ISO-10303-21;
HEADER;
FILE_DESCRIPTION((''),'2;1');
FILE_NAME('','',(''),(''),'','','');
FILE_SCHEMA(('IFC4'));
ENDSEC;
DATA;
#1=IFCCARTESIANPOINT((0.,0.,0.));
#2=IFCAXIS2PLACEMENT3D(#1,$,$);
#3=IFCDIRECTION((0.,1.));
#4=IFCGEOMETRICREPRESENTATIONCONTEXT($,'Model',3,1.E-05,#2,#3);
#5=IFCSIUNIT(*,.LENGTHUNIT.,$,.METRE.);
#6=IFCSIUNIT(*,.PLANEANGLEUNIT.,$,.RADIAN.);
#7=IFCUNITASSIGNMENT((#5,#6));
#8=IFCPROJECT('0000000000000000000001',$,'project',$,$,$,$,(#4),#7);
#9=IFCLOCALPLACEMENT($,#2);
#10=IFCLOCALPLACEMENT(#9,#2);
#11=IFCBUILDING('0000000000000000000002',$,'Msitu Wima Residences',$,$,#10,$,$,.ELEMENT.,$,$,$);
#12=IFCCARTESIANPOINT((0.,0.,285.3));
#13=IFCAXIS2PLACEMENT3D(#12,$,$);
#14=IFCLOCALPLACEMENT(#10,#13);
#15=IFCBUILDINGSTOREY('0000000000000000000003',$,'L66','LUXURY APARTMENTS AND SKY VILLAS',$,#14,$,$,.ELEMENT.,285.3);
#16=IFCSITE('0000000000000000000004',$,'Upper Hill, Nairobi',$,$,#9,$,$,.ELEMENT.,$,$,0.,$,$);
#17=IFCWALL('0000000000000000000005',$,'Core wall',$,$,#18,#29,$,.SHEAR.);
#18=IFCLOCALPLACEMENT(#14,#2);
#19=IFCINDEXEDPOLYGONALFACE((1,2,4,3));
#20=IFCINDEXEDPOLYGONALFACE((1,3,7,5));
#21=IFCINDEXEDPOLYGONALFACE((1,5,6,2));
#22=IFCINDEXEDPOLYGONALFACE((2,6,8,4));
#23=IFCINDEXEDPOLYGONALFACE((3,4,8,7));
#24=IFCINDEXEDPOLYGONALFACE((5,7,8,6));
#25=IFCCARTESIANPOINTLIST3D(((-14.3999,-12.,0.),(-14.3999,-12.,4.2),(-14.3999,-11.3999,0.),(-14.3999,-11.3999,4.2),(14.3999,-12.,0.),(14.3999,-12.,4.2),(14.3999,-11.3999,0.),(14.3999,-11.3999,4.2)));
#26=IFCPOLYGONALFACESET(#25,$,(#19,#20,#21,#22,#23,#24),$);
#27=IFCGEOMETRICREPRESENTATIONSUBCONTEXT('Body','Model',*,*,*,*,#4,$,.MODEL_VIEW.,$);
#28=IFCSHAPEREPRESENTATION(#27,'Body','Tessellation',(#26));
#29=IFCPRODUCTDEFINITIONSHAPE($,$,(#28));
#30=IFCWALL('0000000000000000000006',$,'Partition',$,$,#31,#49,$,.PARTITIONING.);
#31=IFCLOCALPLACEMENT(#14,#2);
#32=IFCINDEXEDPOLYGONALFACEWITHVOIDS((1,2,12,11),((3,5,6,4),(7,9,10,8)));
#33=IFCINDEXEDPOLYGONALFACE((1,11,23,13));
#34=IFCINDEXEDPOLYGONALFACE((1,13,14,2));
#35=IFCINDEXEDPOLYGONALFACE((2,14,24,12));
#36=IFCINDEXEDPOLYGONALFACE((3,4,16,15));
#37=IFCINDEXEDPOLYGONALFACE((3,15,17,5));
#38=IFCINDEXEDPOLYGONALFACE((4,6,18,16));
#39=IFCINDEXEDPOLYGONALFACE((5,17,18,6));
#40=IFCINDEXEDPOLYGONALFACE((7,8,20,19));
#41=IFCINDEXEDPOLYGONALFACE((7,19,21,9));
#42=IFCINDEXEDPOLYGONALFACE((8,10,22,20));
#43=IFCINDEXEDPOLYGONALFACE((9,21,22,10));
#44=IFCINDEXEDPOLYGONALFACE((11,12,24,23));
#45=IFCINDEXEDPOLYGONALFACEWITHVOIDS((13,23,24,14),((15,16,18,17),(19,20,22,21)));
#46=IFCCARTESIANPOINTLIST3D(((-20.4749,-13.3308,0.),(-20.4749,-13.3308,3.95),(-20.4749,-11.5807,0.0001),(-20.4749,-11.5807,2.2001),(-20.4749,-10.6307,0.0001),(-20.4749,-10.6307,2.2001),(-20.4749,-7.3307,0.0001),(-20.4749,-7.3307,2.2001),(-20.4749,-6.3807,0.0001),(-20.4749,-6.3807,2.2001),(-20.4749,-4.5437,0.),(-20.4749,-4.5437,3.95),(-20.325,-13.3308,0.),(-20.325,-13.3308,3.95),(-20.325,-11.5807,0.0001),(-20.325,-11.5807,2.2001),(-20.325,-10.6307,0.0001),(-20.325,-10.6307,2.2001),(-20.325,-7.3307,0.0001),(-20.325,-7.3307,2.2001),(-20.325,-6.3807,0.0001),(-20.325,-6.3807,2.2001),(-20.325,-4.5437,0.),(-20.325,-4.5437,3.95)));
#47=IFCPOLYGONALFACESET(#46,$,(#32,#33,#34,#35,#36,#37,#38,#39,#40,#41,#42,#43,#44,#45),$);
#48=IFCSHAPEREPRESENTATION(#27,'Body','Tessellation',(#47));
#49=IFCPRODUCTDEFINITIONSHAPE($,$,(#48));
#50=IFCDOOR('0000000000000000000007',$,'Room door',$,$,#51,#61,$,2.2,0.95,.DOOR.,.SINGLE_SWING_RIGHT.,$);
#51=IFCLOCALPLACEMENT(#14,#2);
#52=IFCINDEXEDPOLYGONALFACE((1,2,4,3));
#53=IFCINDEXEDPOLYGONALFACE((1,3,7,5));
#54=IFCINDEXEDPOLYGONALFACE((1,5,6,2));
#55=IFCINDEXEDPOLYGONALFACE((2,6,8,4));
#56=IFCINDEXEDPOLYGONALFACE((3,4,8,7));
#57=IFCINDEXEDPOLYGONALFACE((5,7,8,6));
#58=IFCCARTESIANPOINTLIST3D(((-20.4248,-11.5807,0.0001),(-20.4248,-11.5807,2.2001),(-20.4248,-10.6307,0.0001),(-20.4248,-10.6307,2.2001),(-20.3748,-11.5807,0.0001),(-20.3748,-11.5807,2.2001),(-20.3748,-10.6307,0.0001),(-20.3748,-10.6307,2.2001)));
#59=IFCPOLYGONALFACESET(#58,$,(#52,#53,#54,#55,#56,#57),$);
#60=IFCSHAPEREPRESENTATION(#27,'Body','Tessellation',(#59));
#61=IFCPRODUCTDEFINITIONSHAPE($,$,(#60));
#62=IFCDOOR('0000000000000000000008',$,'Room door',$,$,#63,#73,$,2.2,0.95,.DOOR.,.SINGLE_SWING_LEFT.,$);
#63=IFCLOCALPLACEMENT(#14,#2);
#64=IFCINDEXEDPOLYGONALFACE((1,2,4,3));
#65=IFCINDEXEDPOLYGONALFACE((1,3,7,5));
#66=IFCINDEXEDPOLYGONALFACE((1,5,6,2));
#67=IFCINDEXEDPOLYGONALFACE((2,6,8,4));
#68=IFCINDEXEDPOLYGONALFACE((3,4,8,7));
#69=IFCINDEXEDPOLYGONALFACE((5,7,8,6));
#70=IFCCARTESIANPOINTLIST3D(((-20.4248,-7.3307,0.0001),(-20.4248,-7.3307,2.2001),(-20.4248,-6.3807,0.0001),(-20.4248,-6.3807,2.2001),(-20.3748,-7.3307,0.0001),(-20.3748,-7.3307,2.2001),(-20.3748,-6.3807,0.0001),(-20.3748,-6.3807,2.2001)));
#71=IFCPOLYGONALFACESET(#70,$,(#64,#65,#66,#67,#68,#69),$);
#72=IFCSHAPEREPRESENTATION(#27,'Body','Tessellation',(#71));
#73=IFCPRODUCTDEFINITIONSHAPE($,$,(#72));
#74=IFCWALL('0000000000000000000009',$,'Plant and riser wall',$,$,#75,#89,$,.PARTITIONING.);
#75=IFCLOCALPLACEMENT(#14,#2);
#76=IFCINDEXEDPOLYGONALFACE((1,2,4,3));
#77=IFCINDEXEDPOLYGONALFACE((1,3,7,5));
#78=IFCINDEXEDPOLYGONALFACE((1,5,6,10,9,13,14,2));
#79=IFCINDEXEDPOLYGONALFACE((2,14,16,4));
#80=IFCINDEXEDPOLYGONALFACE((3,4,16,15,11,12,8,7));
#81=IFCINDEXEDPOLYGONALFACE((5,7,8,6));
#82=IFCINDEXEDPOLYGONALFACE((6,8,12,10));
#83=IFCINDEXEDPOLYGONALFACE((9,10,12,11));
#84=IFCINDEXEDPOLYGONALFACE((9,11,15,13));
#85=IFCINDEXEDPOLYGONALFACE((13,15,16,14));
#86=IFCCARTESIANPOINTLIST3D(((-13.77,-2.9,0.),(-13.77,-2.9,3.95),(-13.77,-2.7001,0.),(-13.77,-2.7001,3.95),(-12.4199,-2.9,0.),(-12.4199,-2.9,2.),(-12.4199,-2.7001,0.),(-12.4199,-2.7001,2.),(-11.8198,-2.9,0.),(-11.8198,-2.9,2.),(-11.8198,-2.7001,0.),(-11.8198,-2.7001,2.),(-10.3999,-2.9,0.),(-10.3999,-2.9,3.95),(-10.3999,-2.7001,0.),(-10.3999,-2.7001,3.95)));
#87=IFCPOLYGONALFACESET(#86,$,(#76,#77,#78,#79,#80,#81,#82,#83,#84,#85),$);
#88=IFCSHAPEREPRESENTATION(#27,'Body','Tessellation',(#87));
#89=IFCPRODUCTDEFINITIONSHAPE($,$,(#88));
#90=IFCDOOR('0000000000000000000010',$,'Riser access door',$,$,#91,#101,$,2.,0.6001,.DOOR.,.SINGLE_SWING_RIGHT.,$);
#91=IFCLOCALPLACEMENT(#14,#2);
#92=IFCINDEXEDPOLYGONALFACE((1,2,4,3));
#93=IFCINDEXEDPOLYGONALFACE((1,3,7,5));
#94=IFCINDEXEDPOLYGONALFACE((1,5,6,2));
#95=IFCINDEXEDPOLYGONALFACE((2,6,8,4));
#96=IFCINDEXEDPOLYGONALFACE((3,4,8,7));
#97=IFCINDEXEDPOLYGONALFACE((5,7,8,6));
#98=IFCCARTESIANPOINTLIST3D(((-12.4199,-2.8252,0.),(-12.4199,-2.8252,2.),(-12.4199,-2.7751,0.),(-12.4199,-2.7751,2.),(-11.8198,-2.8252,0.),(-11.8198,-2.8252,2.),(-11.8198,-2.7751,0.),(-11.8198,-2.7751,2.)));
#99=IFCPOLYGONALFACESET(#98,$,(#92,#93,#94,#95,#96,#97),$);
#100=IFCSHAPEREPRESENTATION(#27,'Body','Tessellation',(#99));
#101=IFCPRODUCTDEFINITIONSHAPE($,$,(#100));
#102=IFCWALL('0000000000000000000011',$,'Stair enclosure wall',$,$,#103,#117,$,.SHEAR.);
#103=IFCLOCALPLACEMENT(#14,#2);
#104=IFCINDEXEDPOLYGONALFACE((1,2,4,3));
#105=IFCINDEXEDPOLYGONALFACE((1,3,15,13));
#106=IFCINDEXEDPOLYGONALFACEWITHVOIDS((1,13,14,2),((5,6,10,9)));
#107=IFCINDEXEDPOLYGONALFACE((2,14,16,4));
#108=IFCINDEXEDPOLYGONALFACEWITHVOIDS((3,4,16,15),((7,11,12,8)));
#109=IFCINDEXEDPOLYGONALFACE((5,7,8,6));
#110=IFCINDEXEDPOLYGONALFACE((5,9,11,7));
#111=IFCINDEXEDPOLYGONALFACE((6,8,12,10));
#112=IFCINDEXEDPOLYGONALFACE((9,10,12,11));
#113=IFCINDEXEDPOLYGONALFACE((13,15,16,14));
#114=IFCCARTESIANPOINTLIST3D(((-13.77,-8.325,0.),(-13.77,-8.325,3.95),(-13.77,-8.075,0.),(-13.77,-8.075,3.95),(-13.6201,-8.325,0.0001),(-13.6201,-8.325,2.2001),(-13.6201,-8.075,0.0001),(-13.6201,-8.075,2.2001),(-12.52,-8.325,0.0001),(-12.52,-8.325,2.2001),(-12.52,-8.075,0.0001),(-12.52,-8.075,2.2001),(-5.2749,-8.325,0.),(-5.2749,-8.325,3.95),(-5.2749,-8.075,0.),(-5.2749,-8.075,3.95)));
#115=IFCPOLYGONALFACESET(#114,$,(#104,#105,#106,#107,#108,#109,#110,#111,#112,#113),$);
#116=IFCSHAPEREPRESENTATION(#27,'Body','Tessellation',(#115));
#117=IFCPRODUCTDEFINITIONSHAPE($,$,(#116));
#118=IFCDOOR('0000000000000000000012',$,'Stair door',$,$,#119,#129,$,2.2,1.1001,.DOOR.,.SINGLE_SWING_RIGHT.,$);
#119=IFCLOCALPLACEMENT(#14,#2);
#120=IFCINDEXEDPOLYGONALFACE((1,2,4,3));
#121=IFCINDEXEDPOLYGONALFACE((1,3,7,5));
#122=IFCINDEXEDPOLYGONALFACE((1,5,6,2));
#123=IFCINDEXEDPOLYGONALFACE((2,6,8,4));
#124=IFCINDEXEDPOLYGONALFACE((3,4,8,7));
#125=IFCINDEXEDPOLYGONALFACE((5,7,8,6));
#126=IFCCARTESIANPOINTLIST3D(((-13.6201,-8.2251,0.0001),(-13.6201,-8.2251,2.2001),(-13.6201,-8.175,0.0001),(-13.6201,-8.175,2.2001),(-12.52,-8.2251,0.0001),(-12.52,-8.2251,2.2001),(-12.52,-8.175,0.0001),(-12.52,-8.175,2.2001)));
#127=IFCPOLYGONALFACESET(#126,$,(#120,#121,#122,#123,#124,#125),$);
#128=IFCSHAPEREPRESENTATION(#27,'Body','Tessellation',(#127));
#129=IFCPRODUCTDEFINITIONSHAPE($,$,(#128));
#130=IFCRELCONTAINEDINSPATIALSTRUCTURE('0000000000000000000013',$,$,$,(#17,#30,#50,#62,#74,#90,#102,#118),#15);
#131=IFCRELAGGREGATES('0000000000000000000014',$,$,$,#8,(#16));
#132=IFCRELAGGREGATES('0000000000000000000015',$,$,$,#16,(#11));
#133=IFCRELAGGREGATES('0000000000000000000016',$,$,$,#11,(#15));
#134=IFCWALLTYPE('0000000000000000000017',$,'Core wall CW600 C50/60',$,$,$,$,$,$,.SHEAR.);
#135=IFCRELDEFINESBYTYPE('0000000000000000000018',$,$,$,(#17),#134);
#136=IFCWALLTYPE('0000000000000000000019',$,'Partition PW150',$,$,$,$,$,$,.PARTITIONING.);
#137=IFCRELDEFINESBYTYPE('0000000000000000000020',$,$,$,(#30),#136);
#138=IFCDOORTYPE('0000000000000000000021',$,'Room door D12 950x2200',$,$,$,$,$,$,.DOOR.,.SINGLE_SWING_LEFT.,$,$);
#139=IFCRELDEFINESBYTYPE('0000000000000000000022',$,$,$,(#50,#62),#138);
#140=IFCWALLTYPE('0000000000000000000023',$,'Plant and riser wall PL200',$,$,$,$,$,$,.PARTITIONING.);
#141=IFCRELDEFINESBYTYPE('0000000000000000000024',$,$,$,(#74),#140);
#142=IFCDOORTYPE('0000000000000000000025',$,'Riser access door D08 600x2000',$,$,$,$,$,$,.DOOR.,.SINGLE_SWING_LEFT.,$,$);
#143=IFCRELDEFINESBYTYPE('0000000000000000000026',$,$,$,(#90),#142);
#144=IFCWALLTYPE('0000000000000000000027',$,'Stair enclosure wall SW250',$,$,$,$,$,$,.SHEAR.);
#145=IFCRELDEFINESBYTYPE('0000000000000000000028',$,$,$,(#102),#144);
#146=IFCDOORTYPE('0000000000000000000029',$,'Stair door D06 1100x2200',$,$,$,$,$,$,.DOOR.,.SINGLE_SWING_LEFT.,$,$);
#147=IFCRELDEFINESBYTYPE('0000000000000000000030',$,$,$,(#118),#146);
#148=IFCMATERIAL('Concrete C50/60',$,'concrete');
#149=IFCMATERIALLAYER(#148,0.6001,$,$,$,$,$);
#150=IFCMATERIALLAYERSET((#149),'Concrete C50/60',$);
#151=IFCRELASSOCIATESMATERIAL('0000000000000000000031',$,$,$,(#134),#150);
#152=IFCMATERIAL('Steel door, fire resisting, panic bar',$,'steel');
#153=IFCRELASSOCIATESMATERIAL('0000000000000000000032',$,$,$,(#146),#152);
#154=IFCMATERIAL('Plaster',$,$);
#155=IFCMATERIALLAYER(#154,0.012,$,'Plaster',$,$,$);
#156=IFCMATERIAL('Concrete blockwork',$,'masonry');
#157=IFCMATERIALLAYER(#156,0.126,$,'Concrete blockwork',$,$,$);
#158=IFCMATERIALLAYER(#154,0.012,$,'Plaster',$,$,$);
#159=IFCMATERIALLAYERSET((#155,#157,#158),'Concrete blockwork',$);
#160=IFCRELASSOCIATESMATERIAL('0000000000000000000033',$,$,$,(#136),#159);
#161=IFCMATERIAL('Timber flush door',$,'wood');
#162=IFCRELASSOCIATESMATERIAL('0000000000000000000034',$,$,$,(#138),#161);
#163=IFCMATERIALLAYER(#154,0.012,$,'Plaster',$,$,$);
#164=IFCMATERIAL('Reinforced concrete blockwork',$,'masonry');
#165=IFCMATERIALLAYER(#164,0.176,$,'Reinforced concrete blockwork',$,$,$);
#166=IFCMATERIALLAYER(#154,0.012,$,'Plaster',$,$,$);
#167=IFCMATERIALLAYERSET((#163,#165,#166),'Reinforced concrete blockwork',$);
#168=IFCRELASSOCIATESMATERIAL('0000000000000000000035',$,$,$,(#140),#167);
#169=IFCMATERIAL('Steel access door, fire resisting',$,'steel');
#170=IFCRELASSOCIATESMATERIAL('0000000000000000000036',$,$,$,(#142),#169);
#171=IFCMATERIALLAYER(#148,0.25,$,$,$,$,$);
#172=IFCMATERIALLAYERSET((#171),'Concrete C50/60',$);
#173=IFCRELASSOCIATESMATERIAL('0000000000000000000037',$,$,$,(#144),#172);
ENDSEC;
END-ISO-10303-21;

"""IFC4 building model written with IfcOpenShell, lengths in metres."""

from ifc_helpers import new_model, si_unit, direction, frame, frame_2d, origin, place, context, subcontext, project, spatial, rectangle, extrude, material, layer, layer_set, type_object, element, fill, save


model = new_model("IFC4")

# Units and contexts
model_context = context("Model", 3, precision=1e-05, world=origin(), true_north=direction((0.0, 1.0)))
body_context = subcontext(model_context, "Body", "Model", "MODEL_VIEW")
ifc_project = project(units=[si_unit("LENGTHUNIT", "METRE"), si_unit("PLANEANGLEUNIT", "RADIAN")], contexts=[model_context])

# Site, building, storey
site_placement = place(None, origin())
site = spatial("IfcSite", under=ifc_project, at=site_placement, Name="Upper Hill, Nairobi", CompositionType="ELEMENT", RefElevation=0.0)
building_placement = place(site_placement, origin())
building = spatial("IfcBuilding", under=site, at=building_placement, Name="Msitu Wima Residences", CompositionType="ELEMENT")
storey_placement = place(building_placement, frame((0.0, 0.0, 285.3)))
storey = spatial("IfcBuildingStorey", under=building, at=storey_placement, Name="L66", Description="LUXURY APARTMENTS AND SKY VILLAS", CompositionType="ELEMENT", Elevation=285.3)

# Wall
ifc_material_1 = material(Name="Concrete C50/60", Category="concrete")
ifc_layer_1 = layer(ifc_material_1, 0.6001)
ifc_layer_set_1 = layer_set([ifc_layer_1], Name="Concrete C50/60")
wall_type_1 = type_object("IfcWallType", Name="Core wall CW600 C50/60", PredefinedType="SHEAR", material=ifc_layer_set_1)
wall_1_placement = place(storey_placement, frame((-14.3999, -11.7, 0.0), z_axis=(0.0, 0.0, 1.0), x_axis=(1.0, 0.0, 0.0)))
element("IfcWall", 1, at=wall_1_placement, inside=storey, type_object=wall_type_1, Name="Core wall", PredefinedType="SHEAR", context=body_context, shape_type="SweptSolid", body=[
    extrude(rectangle(XDim=28.7998, YDim=0.6001, at=frame_2d((14.3999, 0.0))), origin(), (0.0, 0.0, 1.0), 4.2),
])

# Wall, openings, doors
ifc_material_2 = material(Name="Steel door, fire resisting, panic bar", Category="steel")
door_type_1 = type_object("IfcDoorType", Name="Stair door D06 1100x2200", OperationType="SINGLE_SWING_LEFT", PredefinedType="DOOR", material=ifc_material_2)
ifc_material_3 = material(Name="Plaster")
ifc_layer_2 = layer(ifc_material_3, 0.012, Name="Plaster")
ifc_material_4 = material(Name="Concrete blockwork", Category="masonry")
ifc_layer_3 = layer(ifc_material_4, 0.126, Name="Concrete blockwork")
ifc_layer_4 = layer(ifc_material_3, 0.012, Name="Plaster")
ifc_layer_set_2 = layer_set([ifc_layer_2, ifc_layer_3, ifc_layer_4], Name="Concrete blockwork")
wall_type_2 = type_object("IfcWallType", Name="Partition PW150", PredefinedType="PARTITIONING", material=ifc_layer_set_2)
wall_2_placement = place(storey_placement, frame((-20.3999, -13.3308, 0.0), z_axis=(0.0, 0.0, 1.0), x_axis=(0.0, 1.0, 0.0)))
wall_2 = element("IfcWall", 2, at=wall_2_placement, inside=storey, type_object=wall_type_2, Name="Partition", PredefinedType="PARTITIONING", context=body_context, shape_type="SweptSolid", body=[
    extrude(rectangle(XDim=8.7871, YDim=0.1499, at=frame_2d((4.3936, 0.0))), origin(), (0.0, 0.0, 1.0), 3.95),
])
opening_1_placement = place(wall_2_placement, frame((1.75, 0.0, 0.0)))
opening_1 = element("IfcOpeningElement", 3, at=opening_1_placement, cuts=wall_2, PredefinedType="OPENING", context=body_context, shape_type="SweptSolid", body=[
    extrude(rectangle(XDim=0.95, YDim=2.2, at=frame_2d((0.4751, 1.1001))), frame((0.0, 0.085, 0.0), z_axis=(0.0, -1.0, 0.0), x_axis=(1.0, 0.0, 0.0)), (0.0, 0.0, 1.0), 0.1699),
])
opening_2_placement = place(wall_2_placement, frame((6.0, 0.0, 0.0)))
opening_2 = element("IfcOpeningElement", 4, at=opening_2_placement, cuts=wall_2, PredefinedType="OPENING", context=body_context, shape_type="SweptSolid", body=[
    extrude(rectangle(XDim=0.95, YDim=2.2, at=frame_2d((0.4751, 1.1001))), frame((0.0, 0.085, 0.0), z_axis=(0.0, -1.0, 0.0), x_axis=(1.0, 0.0, 0.0)), (0.0, 0.0, 1.0), 0.1699),
])
ifc_material_5 = material(Name="Timber flush door", Category="wood")
door_type_2 = type_object("IfcDoorType", Name="Room door D12 950x2200", OperationType="SINGLE_SWING_LEFT", PredefinedType="DOOR", material=ifc_material_5)
door_1_placement = place(opening_1_placement, origin())
door_1 = element("IfcDoor", 5, at=door_1_placement, inside=storey, type_object=door_type_2, Name="Room door", OperationType="SINGLE_SWING_RIGHT", OverallHeight=2.2, OverallWidth=0.95, PredefinedType="DOOR", context=body_context, shape_type="SweptSolid", body=[
    extrude(rectangle(XDim=0.95, YDim=2.2, at=frame_2d((0.4751, 1.1001))), frame((0.0, 0.0249, 0.0), z_axis=(0.0, -1.0, 0.0), x_axis=(1.0, 0.0, 0.0)), (0.0, 0.0, 1.0), 0.05),
])
fill(opening_1, door_1)
door_2_placement = place(opening_2_placement, origin())
door_2 = element("IfcDoor", 6, at=door_2_placement, inside=storey, type_object=door_type_2, Name="Room door", OperationType="SINGLE_SWING_LEFT", OverallHeight=2.2, OverallWidth=0.95, PredefinedType="DOOR", context=body_context, shape_type="SweptSolid", body=[
    extrude(rectangle(XDim=0.95, YDim=2.2, at=frame_2d((0.4751, 1.1001))), frame((0.0, 0.0249, 0.0), z_axis=(0.0, -1.0, 0.0), x_axis=(1.0, 0.0, 0.0)), (0.0, 0.0, 1.0), 0.05),
])
fill(opening_2, door_2)

# Walls, openings, doors
ifc_layer_5 = layer(ifc_material_3, 0.012, Name="Plaster")
ifc_material_6 = material(Name="Reinforced concrete blockwork", Category="masonry")
ifc_layer_6 = layer(ifc_material_6, 0.176, Name="Reinforced concrete blockwork")
ifc_layer_7 = layer(ifc_material_3, 0.012, Name="Plaster")
ifc_layer_set_3 = layer_set([ifc_layer_5, ifc_layer_6, ifc_layer_7], Name="Reinforced concrete blockwork")
wall_type_3 = type_object("IfcWallType", Name="Plant and riser wall PL200", PredefinedType="PARTITIONING", material=ifc_layer_set_3)
wall_3_placement = place(storey_placement, frame((-13.77, -2.8, 0.0), z_axis=(0.0, 0.0, 1.0), x_axis=(1.0, 0.0, 0.0)))
wall_3 = element("IfcWall", 7, at=wall_3_placement, inside=storey, type_object=wall_type_3, Name="Plant and riser wall", PredefinedType="PARTITIONING", context=body_context, shape_type="SweptSolid", body=[
    extrude(rectangle(XDim=3.3701, YDim=0.2, at=frame_2d((1.6851, 0.0))), origin(), (0.0, 0.0, 1.0), 3.95),
])
opening_3_placement = place(wall_3_placement, frame((1.3501, 0.0, 0.0)))
opening_3 = element("IfcOpeningElement", 8, at=opening_3_placement, cuts=wall_3, PredefinedType="OPENING", context=body_context, shape_type="SweptSolid", body=[
    extrude(rectangle(XDim=0.6001, YDim=2.0, at=frame_2d((0.3, 1.0))), frame((0.0, 0.1099, 0.0), z_axis=(0.0, -1.0, 0.0), x_axis=(1.0, 0.0, 0.0)), (0.0, 0.0, 1.0), 0.22),
])
ifc_material_7 = material(Name="Steel access door, fire resisting", Category="steel")
door_type_3 = type_object("IfcDoorType", Name="Riser access door D08 600x2000", OperationType="SINGLE_SWING_LEFT", PredefinedType="DOOR", material=ifc_material_7)
door_3_placement = place(opening_3_placement, origin())
door_3 = element("IfcDoor", 9, at=door_3_placement, inside=storey, type_object=door_type_3, Name="Riser access door", OperationType="SINGLE_SWING_RIGHT", OverallHeight=2.0, OverallWidth=0.6001, PredefinedType="DOOR", context=body_context, shape_type="SweptSolid", body=[
    extrude(rectangle(XDim=0.6001, YDim=2.0, at=frame_2d((0.3, 1.0))), frame((0.0, 0.0249, 0.0), z_axis=(0.0, -1.0, 0.0), x_axis=(1.0, 0.0, 0.0)), (0.0, 0.0, 1.0), 0.05),
])
fill(opening_3, door_3)
ifc_layer_8 = layer(ifc_material_1, 0.25)
ifc_layer_set_4 = layer_set([ifc_layer_8], Name="Concrete C50/60")
wall_type_4 = type_object("IfcWallType", Name="Stair enclosure wall SW250", PredefinedType="SHEAR", material=ifc_layer_set_4)
wall_4_placement = place(storey_placement, frame((-13.77, -8.2, 0.0), z_axis=(0.0, 0.0, 1.0), x_axis=(1.0, 0.0, 0.0)))
wall_4 = element("IfcWall", 10, at=wall_4_placement, inside=storey, type_object=wall_type_4, Name="Stair enclosure wall", PredefinedType="SHEAR", context=body_context, shape_type="SweptSolid", body=[
    extrude(rectangle(XDim=8.4951, YDim=0.25, at=frame_2d((4.2476, 0.0))), origin(), (0.0, 0.0, 1.0), 3.95),
])
opening_4_placement = place(wall_4_placement, frame((0.1499, 0.0, 0.0)))
opening_4 = element("IfcOpeningElement", 11, at=opening_4_placement, cuts=wall_4, PredefinedType="OPENING", context=body_context, shape_type="SweptSolid", body=[
    extrude(rectangle(XDim=1.1001, YDim=2.2, at=frame_2d((0.55, 1.1001))), frame((0.0, 0.135, 0.0), z_axis=(0.0, -1.0, 0.0), x_axis=(1.0, 0.0, 0.0)), (0.0, 0.0, 1.0), 0.27),
])
door_4_placement = place(opening_4_placement, origin())
door_4 = element("IfcDoor", 12, at=door_4_placement, inside=storey, type_object=door_type_1, Name="Stair door", OperationType="SINGLE_SWING_RIGHT", OverallHeight=2.2, OverallWidth=1.1001, PredefinedType="DOOR", context=body_context, shape_type="SweptSolid", body=[
    extrude(rectangle(XDim=1.1001, YDim=2.2, at=frame_2d((0.55, 1.1001))), frame((0.0, 0.0249, 0.0), z_axis=(0.0, -1.0, 0.0), x_axis=(1.0, 0.0, 0.0)), (0.0, 0.0, 1.0), 0.05),
])
fill(opening_4, door_4)

save(model, "model.ifc")
